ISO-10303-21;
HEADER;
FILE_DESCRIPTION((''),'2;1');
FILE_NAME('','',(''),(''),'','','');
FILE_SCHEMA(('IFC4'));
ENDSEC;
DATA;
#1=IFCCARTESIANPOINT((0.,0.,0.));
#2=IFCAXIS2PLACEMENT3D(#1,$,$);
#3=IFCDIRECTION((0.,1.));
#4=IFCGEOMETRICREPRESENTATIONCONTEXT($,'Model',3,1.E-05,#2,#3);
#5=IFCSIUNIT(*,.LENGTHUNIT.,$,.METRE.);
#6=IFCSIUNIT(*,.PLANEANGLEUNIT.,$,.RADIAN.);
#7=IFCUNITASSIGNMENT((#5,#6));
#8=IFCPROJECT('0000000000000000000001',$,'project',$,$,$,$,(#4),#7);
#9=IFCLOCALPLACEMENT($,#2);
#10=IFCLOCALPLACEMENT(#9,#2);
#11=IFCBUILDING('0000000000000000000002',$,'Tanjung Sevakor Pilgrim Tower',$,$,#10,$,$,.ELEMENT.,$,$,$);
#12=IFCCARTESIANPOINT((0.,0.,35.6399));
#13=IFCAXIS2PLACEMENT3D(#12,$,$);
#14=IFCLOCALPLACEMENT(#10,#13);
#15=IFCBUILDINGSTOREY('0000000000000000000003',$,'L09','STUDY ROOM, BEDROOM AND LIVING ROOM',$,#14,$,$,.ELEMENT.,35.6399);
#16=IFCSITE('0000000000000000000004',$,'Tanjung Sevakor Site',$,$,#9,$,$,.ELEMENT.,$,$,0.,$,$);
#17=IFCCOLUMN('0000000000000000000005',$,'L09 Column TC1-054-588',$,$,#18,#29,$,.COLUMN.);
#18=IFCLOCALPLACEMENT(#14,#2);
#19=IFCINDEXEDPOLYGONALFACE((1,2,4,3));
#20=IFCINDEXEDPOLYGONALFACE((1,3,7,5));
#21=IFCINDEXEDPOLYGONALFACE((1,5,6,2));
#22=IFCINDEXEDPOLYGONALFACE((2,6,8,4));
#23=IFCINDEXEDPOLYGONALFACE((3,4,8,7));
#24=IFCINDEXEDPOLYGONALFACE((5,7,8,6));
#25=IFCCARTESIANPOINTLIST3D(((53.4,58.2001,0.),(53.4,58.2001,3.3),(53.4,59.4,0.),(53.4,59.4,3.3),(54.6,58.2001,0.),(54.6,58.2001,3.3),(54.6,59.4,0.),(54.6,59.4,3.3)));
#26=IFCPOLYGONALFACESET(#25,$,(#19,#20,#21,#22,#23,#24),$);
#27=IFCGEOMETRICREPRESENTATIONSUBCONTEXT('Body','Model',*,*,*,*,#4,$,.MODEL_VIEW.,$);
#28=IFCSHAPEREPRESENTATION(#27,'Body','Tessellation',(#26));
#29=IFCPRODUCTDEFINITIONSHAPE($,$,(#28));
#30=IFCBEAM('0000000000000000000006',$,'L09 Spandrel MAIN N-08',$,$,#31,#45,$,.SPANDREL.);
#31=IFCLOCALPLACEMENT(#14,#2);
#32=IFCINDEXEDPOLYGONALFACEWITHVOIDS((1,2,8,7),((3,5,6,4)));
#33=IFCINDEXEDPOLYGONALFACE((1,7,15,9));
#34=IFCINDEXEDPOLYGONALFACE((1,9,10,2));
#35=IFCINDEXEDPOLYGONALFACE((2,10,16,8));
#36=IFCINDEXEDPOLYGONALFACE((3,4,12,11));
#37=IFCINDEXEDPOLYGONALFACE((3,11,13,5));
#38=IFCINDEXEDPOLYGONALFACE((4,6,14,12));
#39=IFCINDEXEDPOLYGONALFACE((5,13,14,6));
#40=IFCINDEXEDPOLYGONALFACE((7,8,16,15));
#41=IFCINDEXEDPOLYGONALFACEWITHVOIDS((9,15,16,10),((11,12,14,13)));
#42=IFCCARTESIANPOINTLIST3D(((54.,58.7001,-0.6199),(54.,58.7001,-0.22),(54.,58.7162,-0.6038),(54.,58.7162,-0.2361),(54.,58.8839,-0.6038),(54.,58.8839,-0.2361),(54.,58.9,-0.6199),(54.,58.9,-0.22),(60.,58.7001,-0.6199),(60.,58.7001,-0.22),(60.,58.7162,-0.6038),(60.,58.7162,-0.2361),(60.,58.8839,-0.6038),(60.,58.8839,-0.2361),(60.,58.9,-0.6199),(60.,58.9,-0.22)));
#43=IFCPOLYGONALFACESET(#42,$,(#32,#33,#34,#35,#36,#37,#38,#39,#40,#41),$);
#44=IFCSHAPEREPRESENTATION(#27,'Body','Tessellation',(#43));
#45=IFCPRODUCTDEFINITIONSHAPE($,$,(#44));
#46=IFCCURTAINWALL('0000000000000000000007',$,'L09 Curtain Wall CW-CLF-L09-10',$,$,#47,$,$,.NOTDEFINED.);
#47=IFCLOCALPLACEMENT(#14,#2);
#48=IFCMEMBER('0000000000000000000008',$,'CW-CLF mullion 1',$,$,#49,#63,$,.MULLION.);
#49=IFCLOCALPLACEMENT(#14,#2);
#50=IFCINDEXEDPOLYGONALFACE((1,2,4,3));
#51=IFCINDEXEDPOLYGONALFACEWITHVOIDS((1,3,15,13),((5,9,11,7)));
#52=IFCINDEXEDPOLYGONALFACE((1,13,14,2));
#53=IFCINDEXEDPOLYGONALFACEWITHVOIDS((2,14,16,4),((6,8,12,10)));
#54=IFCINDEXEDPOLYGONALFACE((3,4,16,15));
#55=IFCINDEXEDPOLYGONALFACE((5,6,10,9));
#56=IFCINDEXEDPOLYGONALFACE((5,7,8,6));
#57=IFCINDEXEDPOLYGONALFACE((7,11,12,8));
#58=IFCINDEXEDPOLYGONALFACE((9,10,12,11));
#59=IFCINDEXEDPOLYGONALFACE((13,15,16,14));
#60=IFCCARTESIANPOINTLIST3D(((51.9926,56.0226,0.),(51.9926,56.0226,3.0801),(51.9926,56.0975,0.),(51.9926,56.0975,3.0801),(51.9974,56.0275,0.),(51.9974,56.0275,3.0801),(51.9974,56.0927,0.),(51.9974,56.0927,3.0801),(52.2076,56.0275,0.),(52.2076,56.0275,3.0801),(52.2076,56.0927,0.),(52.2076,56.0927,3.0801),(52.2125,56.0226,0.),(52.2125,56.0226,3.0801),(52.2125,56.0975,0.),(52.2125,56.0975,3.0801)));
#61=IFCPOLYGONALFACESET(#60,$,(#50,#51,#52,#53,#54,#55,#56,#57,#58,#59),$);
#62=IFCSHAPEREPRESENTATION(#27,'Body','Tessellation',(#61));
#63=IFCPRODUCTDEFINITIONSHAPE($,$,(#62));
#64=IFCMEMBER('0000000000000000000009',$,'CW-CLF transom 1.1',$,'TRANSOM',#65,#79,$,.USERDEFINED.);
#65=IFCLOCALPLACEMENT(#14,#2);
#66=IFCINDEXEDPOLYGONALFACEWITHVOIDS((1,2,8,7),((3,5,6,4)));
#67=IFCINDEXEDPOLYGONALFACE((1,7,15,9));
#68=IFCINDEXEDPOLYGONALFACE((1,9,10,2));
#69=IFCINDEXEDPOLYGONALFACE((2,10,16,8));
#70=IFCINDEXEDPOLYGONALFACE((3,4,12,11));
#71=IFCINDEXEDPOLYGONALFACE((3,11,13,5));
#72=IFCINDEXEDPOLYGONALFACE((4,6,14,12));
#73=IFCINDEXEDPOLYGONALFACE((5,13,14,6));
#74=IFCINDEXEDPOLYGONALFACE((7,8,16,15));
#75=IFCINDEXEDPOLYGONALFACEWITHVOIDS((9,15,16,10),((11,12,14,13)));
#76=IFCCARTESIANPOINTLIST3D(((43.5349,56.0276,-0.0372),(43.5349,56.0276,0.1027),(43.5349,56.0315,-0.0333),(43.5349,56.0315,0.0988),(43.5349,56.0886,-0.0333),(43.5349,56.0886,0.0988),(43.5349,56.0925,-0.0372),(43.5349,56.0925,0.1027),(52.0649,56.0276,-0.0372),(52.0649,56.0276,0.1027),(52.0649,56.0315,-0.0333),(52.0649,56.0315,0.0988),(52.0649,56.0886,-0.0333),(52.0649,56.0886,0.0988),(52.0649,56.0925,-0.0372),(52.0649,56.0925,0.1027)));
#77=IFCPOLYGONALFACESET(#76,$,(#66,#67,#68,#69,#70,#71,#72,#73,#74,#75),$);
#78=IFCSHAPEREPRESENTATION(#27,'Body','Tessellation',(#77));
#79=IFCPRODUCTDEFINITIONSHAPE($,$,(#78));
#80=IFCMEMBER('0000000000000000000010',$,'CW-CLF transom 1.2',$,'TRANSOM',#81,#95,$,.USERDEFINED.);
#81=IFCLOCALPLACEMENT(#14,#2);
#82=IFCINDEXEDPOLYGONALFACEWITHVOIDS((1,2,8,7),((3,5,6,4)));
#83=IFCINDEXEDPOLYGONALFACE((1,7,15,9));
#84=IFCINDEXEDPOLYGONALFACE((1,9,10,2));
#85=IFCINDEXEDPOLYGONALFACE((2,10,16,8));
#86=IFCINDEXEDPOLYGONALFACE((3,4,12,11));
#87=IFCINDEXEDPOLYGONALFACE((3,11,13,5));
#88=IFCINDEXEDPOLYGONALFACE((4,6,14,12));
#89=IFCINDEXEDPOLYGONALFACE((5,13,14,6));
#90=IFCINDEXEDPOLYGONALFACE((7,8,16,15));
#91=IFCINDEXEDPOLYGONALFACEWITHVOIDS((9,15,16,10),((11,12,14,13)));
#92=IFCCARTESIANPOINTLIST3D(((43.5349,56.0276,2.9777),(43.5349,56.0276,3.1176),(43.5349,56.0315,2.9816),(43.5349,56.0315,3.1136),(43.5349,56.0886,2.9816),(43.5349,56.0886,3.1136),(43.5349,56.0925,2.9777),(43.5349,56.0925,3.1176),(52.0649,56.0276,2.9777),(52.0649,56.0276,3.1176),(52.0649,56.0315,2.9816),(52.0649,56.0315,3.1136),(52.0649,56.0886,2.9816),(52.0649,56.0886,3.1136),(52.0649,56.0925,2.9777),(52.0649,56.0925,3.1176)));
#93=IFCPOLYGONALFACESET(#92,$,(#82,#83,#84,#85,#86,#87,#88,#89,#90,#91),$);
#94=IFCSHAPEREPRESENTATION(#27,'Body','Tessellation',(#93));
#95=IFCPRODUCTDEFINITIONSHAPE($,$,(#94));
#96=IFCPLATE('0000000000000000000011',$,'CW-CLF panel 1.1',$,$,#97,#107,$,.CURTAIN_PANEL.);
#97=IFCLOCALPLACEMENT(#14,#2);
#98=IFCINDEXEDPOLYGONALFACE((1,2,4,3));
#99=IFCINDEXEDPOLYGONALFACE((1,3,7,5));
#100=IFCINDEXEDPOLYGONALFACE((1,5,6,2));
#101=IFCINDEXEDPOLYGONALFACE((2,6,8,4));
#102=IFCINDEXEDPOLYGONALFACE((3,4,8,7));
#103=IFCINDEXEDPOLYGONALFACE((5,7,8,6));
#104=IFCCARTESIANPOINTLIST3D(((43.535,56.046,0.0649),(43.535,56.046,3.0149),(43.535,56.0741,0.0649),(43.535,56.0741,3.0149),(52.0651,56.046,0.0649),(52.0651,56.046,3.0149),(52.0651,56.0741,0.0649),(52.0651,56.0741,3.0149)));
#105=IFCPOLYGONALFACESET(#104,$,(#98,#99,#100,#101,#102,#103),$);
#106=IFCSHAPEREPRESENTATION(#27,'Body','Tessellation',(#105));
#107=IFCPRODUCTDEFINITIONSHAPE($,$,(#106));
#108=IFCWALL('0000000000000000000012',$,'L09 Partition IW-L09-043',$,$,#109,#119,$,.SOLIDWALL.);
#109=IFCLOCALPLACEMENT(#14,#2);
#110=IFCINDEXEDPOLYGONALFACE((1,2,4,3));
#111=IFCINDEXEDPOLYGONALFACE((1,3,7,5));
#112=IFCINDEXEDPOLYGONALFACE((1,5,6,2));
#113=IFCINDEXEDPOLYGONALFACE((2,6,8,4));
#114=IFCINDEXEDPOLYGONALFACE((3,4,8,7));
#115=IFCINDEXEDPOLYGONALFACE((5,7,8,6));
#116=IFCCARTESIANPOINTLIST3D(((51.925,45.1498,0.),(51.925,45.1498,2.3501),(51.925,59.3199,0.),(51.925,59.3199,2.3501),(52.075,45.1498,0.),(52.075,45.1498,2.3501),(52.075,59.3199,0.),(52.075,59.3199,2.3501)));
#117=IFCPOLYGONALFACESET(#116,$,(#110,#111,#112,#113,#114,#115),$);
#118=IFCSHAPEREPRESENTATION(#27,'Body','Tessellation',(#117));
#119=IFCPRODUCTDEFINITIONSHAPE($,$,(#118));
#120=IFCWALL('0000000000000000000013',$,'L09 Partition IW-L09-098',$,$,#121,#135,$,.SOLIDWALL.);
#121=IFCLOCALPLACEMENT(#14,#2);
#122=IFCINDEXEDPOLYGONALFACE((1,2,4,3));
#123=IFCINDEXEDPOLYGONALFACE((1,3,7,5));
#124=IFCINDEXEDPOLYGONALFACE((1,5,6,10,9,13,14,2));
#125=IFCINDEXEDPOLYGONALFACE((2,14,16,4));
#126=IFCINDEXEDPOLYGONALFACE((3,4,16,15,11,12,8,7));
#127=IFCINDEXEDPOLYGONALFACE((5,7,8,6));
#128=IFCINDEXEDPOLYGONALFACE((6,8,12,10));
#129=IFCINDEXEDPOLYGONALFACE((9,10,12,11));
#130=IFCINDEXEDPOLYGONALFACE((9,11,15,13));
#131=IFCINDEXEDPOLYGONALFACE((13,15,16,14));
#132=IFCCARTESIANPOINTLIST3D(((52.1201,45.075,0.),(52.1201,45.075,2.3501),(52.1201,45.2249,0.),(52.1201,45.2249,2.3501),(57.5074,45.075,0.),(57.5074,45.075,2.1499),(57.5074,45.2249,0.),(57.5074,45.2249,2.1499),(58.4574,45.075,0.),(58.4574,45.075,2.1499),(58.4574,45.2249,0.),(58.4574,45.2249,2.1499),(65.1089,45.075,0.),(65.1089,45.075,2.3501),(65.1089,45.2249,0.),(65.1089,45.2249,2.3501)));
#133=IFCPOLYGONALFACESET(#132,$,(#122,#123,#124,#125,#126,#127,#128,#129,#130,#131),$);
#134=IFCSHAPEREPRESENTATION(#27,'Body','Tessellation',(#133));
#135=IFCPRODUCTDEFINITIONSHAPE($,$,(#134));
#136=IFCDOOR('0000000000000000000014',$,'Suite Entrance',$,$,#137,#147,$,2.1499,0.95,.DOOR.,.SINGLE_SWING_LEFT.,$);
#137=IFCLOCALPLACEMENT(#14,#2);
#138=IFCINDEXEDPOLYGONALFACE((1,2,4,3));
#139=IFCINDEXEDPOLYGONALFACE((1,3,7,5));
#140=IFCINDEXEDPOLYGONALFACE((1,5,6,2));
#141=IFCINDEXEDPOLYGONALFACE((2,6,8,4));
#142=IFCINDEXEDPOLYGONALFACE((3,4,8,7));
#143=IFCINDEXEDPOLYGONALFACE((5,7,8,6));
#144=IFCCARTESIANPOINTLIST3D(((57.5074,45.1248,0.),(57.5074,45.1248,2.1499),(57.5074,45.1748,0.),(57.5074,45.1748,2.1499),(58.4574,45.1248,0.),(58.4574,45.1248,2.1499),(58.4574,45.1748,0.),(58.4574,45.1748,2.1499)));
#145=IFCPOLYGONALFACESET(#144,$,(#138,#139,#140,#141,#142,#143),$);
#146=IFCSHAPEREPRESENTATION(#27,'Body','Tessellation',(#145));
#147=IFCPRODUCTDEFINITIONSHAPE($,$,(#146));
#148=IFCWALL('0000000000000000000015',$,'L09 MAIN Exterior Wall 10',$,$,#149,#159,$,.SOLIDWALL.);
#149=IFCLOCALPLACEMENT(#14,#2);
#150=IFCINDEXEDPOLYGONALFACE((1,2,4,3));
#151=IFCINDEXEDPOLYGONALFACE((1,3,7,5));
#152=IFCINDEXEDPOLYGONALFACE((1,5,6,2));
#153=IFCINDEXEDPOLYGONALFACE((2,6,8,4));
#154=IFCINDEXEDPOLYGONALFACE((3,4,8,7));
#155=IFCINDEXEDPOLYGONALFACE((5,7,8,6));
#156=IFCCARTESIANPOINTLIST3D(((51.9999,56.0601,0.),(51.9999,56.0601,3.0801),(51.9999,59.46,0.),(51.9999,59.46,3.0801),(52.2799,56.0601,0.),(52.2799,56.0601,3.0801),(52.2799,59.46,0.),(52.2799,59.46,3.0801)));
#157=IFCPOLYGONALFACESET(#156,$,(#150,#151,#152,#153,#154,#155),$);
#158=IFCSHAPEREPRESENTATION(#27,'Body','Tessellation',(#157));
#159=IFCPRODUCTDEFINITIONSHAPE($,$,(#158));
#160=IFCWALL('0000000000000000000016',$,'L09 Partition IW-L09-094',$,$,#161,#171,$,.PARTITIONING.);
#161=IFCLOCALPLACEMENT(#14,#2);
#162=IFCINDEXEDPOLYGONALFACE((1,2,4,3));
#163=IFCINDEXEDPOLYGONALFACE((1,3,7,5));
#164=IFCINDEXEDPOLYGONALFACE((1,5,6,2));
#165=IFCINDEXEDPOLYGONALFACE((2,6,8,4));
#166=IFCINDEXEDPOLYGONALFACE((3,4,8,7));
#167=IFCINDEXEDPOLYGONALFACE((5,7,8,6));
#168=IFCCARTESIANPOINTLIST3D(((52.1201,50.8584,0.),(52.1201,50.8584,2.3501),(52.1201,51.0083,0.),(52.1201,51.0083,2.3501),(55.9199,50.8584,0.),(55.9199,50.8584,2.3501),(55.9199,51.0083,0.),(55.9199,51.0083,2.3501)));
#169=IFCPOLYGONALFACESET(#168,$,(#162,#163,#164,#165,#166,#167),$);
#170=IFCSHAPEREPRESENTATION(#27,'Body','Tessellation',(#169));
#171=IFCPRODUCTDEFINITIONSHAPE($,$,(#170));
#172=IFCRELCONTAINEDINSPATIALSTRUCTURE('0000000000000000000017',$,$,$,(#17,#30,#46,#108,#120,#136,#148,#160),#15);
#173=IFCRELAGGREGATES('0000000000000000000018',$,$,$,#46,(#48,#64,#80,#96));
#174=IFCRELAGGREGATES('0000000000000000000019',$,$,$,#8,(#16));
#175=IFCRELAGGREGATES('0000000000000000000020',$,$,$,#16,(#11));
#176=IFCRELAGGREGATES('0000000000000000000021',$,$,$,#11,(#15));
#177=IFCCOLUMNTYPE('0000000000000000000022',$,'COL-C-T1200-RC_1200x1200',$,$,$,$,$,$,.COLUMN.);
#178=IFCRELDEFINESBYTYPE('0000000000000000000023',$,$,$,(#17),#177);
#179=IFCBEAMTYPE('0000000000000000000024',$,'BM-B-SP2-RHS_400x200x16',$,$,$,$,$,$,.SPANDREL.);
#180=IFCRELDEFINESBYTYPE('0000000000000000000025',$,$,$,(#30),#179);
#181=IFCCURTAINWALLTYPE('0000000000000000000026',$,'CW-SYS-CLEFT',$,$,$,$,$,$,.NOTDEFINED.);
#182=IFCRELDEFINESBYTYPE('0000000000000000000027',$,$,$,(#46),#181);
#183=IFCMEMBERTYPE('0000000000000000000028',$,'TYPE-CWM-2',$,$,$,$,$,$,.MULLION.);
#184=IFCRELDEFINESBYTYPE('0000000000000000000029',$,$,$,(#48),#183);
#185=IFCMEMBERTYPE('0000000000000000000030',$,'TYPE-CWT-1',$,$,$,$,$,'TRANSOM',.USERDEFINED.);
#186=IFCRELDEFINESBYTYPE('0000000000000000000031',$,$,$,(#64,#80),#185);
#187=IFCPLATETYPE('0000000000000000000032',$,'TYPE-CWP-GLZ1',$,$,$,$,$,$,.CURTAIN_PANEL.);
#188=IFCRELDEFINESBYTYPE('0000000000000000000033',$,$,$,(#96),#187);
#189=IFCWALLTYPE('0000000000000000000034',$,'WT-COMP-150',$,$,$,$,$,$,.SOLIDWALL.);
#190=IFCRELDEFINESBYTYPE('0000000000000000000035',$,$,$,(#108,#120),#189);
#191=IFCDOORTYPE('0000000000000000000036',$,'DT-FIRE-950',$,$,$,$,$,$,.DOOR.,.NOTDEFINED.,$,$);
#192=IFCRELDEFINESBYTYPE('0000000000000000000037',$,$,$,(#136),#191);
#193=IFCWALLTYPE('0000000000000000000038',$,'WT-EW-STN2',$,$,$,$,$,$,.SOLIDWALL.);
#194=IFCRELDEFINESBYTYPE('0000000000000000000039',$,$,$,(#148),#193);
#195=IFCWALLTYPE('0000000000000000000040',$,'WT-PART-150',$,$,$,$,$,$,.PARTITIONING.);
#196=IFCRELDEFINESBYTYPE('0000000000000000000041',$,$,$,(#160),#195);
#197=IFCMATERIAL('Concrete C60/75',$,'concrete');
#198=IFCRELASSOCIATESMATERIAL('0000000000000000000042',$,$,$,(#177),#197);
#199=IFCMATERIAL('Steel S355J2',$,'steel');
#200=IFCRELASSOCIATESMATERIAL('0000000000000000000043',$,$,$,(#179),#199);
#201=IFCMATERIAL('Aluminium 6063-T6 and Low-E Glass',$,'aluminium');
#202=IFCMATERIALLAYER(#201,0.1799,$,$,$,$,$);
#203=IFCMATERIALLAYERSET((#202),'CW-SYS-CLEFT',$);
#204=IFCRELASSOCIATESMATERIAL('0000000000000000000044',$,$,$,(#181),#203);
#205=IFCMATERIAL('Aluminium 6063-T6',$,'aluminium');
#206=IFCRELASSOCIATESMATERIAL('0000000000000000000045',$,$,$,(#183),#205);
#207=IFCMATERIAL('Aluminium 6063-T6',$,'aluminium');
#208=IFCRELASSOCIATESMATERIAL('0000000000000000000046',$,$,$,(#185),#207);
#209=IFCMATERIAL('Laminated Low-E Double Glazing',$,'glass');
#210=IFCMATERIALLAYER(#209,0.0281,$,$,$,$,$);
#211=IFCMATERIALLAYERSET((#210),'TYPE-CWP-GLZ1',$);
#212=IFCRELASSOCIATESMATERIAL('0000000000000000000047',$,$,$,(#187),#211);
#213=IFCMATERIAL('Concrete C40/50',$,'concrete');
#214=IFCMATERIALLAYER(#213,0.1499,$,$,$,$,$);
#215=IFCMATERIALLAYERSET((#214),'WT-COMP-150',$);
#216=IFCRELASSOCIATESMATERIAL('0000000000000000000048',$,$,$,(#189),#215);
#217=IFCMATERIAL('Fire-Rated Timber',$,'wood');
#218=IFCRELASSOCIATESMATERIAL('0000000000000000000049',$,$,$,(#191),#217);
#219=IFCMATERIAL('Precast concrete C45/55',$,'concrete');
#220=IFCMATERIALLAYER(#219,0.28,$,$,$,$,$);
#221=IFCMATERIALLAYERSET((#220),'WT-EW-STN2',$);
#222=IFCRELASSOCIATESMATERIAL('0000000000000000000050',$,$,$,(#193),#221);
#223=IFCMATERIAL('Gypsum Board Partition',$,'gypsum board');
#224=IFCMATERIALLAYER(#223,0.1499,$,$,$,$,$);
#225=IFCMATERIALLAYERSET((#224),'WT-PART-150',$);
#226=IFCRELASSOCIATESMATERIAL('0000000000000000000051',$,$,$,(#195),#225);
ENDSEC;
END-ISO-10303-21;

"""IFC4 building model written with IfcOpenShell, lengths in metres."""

from ifc_helpers import new_model, si_unit, direction, frame, frame_2d, origin, origin_2d, place, context, subcontext, project, spatial, rectangle, hollow_rectangle, extrude, material, layer, layer_set, material_profile, profile_set, type_object, element, fill, aggregate, save


model = new_model("IFC4")

# Units and contexts
model_context = context("Model", 3, precision=1e-05, world=origin(), true_north=direction((0.0, 1.0)))
body_context = subcontext(model_context, "Body", "Model", "MODEL_VIEW")
ifc_project = project(units=[si_unit("LENGTHUNIT", "METRE"), si_unit("PLANEANGLEUNIT", "RADIAN")], contexts=[model_context])

# Site, building, storey
site_placement = place(None, origin())
site = spatial("IfcSite", under=ifc_project, at=site_placement, Name="Tanjung Sevakor Site", CompositionType="ELEMENT", RefElevation=0.0)
building_placement = place(site_placement, origin())
building = spatial("IfcBuilding", under=site, at=building_placement, Name="Tanjung Sevakor Pilgrim Tower", CompositionType="ELEMENT")
storey_placement = place(building_placement, frame((0.0, 0.0, 35.6399)))
storey = spatial("IfcBuildingStorey", under=building, at=storey_placement, Name="L09", Description="STUDY ROOM, BEDROOM AND LIVING ROOM", CompositionType="ELEMENT", Elevation=35.6399)

# Column
ifc_material_1 = material(Name="Concrete C60/75", Category="concrete")
ifc_material_profile_1 = material_profile(ifc_material_1, rectangle(XDim=1.2, YDim=1.2, at=origin_2d()))
ifc_profile_set_1 = profile_set([ifc_material_profile_1], Name="Concrete C60/75")
column_type = type_object("IfcColumnType", Name="COL-C-T1200-RC_1200x1200", PredefinedType="COLUMN", material=ifc_profile_set_1)
column_placement = place(storey_placement, frame((54.0, 58.8, 0.0), z_axis=(0.0, 0.0, 1.0), x_axis=(1.0, 0.0, 0.0)))
element("IfcColumn", 1, at=column_placement, inside=storey, type_object=column_type, Name="L09 Column TC1-054-588", PredefinedType="COLUMN", context=body_context, shape_type="SweptSolid", body=[
    extrude(rectangle(XDim=1.2, YDim=1.2, at=origin_2d()), origin(), (0.0, 0.0, 1.0), 3.3),
])

# Beam
ifc_material_2 = material(Name="Steel S355J2", Category="steel")
ifc_material_profile_2 = material_profile(ifc_material_2, hollow_rectangle(XDim=0.2, YDim=0.3999, WallThickness=0.0161, at=origin_2d()))
ifc_profile_set_2 = profile_set([ifc_material_profile_2], Name="Steel S355J2")
beam_type = type_object("IfcBeamType", Name="BM-B-SP2-RHS_400x200x16", PredefinedType="SPANDREL", material=ifc_profile_set_2)
beam_placement = place(storey_placement, frame((54.0, 58.8, -0.4199), z_axis=(1.0, 0.0, 0.0), x_axis=(0.0, 1.0, 0.0)))
element("IfcBeam", 2, at=beam_placement, inside=storey, type_object=beam_type, Name="L09 Spandrel MAIN N-08", PredefinedType="SPANDREL", context=body_context, shape_type="SweptSolid", body=[
    extrude(hollow_rectangle(XDim=0.2, YDim=0.3999, WallThickness=0.0161, at=origin_2d()), origin(), (0.0, 0.0, 1.0), 6.0),
])

# Curtain wall, members, plate
ifc_material_3 = material(Name="Aluminium 6063-T6 and Low-E Glass", Category="aluminium")
ifc_layer_1 = layer(ifc_material_3, 0.1799)
ifc_layer_set_1 = layer_set([ifc_layer_1], Name="CW-SYS-CLEFT")
curtain_wall_type = type_object("IfcCurtainWallType", Name="CW-SYS-CLEFT", PredefinedType="NOTDEFINED", material=ifc_layer_set_1)
curtain_wall_placement = place(storey_placement, origin())
curtain_wall = element("IfcCurtainWall", 3, at=curtain_wall_placement, inside=storey, type_object=curtain_wall_type, Name="L09 Curtain Wall CW-CLF-L09-10", PredefinedType="NOTDEFINED")
ifc_material_4 = material(Name="Aluminium 6063-T6", Category="aluminium")
ifc_material_profile_3 = material_profile(ifc_material_4, hollow_rectangle(XDim=0.075, YDim=0.22, WallThickness=0.0049, at=origin_2d()))
ifc_profile_set_3 = profile_set([ifc_material_profile_3], Name="Aluminium 6063-T6")
member_type_1 = type_object("IfcMemberType", Name="TYPE-CWM-2", PredefinedType="MULLION", material=ifc_profile_set_3)
member_1_placement = place(storey_placement, frame((52.1025, 56.0601, 0.0), z_axis=(0.0, 0.0, 1.0), x_axis=(0.0, -1.0, 0.0)))
member_1 = element("IfcMember", 4, at=member_1_placement, type_object=member_type_1, Name="CW-CLF mullion 1", PredefinedType="MULLION", context=body_context, shape_type="SweptSolid", body=[
    extrude(hollow_rectangle(XDim=0.075, YDim=0.22, WallThickness=0.0049, at=origin_2d()), origin(), (0.0, 0.0, 1.0), 3.0801),
])
ifc_material_5 = material(Name="Aluminium 6063-T6", Category="aluminium")
ifc_material_profile_4 = material_profile(ifc_material_5, hollow_rectangle(XDim=0.0649, YDim=0.1399, WallThickness=0.0039, at=origin_2d()))
ifc_profile_set_4 = profile_set([ifc_material_profile_4], Name="Aluminium 6063-T6")
member_type_2 = type_object("IfcMemberType", Name="TYPE-CWT-1", ElementType="TRANSOM", PredefinedType="USERDEFINED", material=ifc_profile_set_4)
member_2_placement = place(storey_placement, frame((52.0649, 56.0601, 0.0327), z_axis=(-1.0, 0.0, 0.0), x_axis=(0.0, -1.0, 0.0)))
member_2 = element("IfcMember", 5, at=member_2_placement, type_object=member_type_2, Name="CW-CLF transom 1.1", ObjectType="TRANSOM", PredefinedType="USERDEFINED", context=body_context, shape_type="SweptSolid", body=[
    extrude(hollow_rectangle(XDim=0.0649, YDim=0.1399, WallThickness=0.0039, at=origin_2d()), origin(), (0.0, 0.0, 1.0), 8.53),
])
member_3_placement = place(storey_placement, frame((52.0649, 56.0601, 3.0476), z_axis=(-1.0, 0.0, 0.0), x_axis=(0.0, -1.0, 0.0)))
member_3 = element("IfcMember", 6, at=member_3_placement, type_object=member_type_2, Name="CW-CLF transom 1.2", ObjectType="TRANSOM", PredefinedType="USERDEFINED", context=body_context, shape_type="SweptSolid", body=[
    extrude(hollow_rectangle(XDim=0.0649, YDim=0.1399, WallThickness=0.0039, at=origin_2d()), origin(), (0.0, 0.0, 1.0), 8.53),
])
ifc_material_6 = material(Name="Laminated Low-E Double Glazing", Category="glass")
ifc_layer_2 = layer(ifc_material_6, 0.0281)
ifc_layer_set_2 = layer_set([ifc_layer_2], Name="TYPE-CWP-GLZ1")
plate_type = type_object("IfcPlateType", Name="TYPE-CWP-GLZ1", PredefinedType="CURTAIN_PANEL", material=ifc_layer_set_2)
plate_placement = place(storey_placement, frame((47.8, 56.0601, 0.0649), z_axis=(0.0, 0.0, 1.0), x_axis=(-1.0, 0.0, 0.0)))
plate = element("IfcPlate", 7, at=plate_placement, type_object=plate_type, Name="CW-CLF panel 1.1", PredefinedType="CURTAIN_PANEL", context=body_context, shape_type="SweptSolid", body=[
    extrude(rectangle(XDim=8.53, YDim=0.0281, at=origin_2d()), origin(), (0.0, 0.0, 1.0), 2.95),
])
aggregate(curtain_wall, [member_1, member_2, member_3, plate])

# Wall
ifc_material_7 = material(Name="Concrete C40/50", Category="concrete")
ifc_layer_3 = layer(ifc_material_7, 0.1499)
ifc_layer_set_3 = layer_set([ifc_layer_3], Name="WT-COMP-150")
wall_type_1 = type_object("IfcWallType", Name="WT-COMP-150", PredefinedType="SOLIDWALL", material=ifc_layer_set_3)
wall_1_placement = place(storey_placement, frame((52.0, 45.1499, 0.0), z_axis=(0.0, 0.0, 1.0), x_axis=(0.0, 1.0, 0.0)))
element("IfcWall", 8, at=wall_1_placement, inside=storey, type_object=wall_type_1, Name="L09 Partition IW-L09-043", PredefinedType="SOLIDWALL", context=body_context, shape_type="SweptSolid", body=[
    extrude(rectangle(XDim=14.1702, YDim=0.1499, at=frame_2d((7.085, 0.0))), origin(), (0.0, 0.0, 1.0), 2.3501),
])

# Wall, opening, door
wall_2_placement = place(storey_placement, frame((52.1201, 45.1499, 0.0), z_axis=(0.0, 0.0, 1.0), x_axis=(1.0, 0.0, 0.0)))
wall_2 = element("IfcWall", 9, at=wall_2_placement, inside=storey, type_object=wall_type_1, Name="L09 Partition IW-L09-098", PredefinedType="SOLIDWALL", context=body_context, shape_type="SweptSolid", body=[
    extrude(rectangle(XDim=12.9888, YDim=0.1499, at=frame_2d((6.4944, 0.0))), origin(), (0.0, 0.0, 1.0), 2.3501),
])
opening_1_placement = place(wall_2_placement, frame((5.3872, 0.0, 0.0)))
opening_1 = element("IfcOpeningElement", 10, at=opening_1_placement, cuts=wall_2, PredefinedType="OPENING", context=body_context, shape_type="SweptSolid", body=[
    extrude(rectangle(XDim=0.95, YDim=2.1499, at=frame_2d((0.4751, 1.075))), frame((0.0, 0.085, 0.0), z_axis=(0.0, -1.0, 0.0), x_axis=(1.0, 0.0, 0.0)), (0.0, 0.0, 1.0), 0.1699),
])
ifc_material_8 = material(Name="Fire-Rated Timber", Category="wood")
door_type_1 = type_object("IfcDoorType", Name="DT-FIRE-950", OperationType="NOTDEFINED", PredefinedType="DOOR", material=ifc_material_8)
door_1_placement = place(opening_1_placement, origin())
door_1 = element("IfcDoor", 11, at=door_1_placement, inside=storey, type_object=door_type_1, Name="Suite Entrance", OperationType="SINGLE_SWING_LEFT", OverallHeight=2.1499, OverallWidth=0.95, PredefinedType="DOOR", context=body_context, shape_type="SweptSolid", body=[
    extrude(rectangle(XDim=0.95, YDim=2.1499, at=frame_2d((0.4751, 1.075))), frame((0.0, 0.0249, 0.0), z_axis=(0.0, -1.0, 0.0), x_axis=(1.0, 0.0, 0.0)), (0.0, 0.0, 1.0), 0.05),
])
fill(opening_1, door_1)

# Walls
ifc_material_9 = material(Name="Precast concrete C45/55", Category="concrete")
ifc_layer_4 = layer(ifc_material_9, 0.28)
ifc_layer_set_4 = layer_set([ifc_layer_4], Name="WT-EW-STN2")
wall_type_2 = type_object("IfcWallType", Name="WT-EW-STN2", PredefinedType="SOLIDWALL", material=ifc_layer_set_4)
wall_3_placement = place(storey_placement, frame((52.1399, 59.46, 0.0), z_axis=(0.0, 0.0, 1.0), x_axis=(0.0, -1.0, 0.0)))
element("IfcWall", 12, at=wall_3_placement, inside=storey, type_object=wall_type_2, Name="L09 MAIN Exterior Wall 10", PredefinedType="SOLIDWALL", context=body_context, shape_type="SweptSolid", body=[
    extrude(rectangle(XDim=3.3999, YDim=0.28, at=frame_2d((1.7, 0.0))), origin(), (0.0, 0.0, 1.0), 3.0801),
])
ifc_material_10 = material(Name="Gypsum Board Partition", Category="gypsum board")
ifc_layer_5 = layer(ifc_material_10, 0.1499)
ifc_layer_set_5 = layer_set([ifc_layer_5], Name="WT-PART-150")
wall_type_3 = type_object("IfcWallType", Name="WT-PART-150", PredefinedType="PARTITIONING", material=ifc_layer_set_5)
wall_4_placement = place(storey_placement, frame((52.1201, 50.9333, 0.0), z_axis=(0.0, 0.0, 1.0), x_axis=(1.0, 0.0, 0.0)))
element("IfcWall", 13, at=wall_4_placement, inside=storey, type_object=wall_type_3, Name="L09 Partition IW-L09-094", PredefinedType="PARTITIONING", context=body_context, shape_type="SweptSolid", body=[
    extrude(rectangle(XDim=3.7998, YDim=0.1499, at=frame_2d((1.8999, 0.0))), origin(), (0.0, 0.0, 1.0), 2.3501),
])

save(model, "model.ifc")
